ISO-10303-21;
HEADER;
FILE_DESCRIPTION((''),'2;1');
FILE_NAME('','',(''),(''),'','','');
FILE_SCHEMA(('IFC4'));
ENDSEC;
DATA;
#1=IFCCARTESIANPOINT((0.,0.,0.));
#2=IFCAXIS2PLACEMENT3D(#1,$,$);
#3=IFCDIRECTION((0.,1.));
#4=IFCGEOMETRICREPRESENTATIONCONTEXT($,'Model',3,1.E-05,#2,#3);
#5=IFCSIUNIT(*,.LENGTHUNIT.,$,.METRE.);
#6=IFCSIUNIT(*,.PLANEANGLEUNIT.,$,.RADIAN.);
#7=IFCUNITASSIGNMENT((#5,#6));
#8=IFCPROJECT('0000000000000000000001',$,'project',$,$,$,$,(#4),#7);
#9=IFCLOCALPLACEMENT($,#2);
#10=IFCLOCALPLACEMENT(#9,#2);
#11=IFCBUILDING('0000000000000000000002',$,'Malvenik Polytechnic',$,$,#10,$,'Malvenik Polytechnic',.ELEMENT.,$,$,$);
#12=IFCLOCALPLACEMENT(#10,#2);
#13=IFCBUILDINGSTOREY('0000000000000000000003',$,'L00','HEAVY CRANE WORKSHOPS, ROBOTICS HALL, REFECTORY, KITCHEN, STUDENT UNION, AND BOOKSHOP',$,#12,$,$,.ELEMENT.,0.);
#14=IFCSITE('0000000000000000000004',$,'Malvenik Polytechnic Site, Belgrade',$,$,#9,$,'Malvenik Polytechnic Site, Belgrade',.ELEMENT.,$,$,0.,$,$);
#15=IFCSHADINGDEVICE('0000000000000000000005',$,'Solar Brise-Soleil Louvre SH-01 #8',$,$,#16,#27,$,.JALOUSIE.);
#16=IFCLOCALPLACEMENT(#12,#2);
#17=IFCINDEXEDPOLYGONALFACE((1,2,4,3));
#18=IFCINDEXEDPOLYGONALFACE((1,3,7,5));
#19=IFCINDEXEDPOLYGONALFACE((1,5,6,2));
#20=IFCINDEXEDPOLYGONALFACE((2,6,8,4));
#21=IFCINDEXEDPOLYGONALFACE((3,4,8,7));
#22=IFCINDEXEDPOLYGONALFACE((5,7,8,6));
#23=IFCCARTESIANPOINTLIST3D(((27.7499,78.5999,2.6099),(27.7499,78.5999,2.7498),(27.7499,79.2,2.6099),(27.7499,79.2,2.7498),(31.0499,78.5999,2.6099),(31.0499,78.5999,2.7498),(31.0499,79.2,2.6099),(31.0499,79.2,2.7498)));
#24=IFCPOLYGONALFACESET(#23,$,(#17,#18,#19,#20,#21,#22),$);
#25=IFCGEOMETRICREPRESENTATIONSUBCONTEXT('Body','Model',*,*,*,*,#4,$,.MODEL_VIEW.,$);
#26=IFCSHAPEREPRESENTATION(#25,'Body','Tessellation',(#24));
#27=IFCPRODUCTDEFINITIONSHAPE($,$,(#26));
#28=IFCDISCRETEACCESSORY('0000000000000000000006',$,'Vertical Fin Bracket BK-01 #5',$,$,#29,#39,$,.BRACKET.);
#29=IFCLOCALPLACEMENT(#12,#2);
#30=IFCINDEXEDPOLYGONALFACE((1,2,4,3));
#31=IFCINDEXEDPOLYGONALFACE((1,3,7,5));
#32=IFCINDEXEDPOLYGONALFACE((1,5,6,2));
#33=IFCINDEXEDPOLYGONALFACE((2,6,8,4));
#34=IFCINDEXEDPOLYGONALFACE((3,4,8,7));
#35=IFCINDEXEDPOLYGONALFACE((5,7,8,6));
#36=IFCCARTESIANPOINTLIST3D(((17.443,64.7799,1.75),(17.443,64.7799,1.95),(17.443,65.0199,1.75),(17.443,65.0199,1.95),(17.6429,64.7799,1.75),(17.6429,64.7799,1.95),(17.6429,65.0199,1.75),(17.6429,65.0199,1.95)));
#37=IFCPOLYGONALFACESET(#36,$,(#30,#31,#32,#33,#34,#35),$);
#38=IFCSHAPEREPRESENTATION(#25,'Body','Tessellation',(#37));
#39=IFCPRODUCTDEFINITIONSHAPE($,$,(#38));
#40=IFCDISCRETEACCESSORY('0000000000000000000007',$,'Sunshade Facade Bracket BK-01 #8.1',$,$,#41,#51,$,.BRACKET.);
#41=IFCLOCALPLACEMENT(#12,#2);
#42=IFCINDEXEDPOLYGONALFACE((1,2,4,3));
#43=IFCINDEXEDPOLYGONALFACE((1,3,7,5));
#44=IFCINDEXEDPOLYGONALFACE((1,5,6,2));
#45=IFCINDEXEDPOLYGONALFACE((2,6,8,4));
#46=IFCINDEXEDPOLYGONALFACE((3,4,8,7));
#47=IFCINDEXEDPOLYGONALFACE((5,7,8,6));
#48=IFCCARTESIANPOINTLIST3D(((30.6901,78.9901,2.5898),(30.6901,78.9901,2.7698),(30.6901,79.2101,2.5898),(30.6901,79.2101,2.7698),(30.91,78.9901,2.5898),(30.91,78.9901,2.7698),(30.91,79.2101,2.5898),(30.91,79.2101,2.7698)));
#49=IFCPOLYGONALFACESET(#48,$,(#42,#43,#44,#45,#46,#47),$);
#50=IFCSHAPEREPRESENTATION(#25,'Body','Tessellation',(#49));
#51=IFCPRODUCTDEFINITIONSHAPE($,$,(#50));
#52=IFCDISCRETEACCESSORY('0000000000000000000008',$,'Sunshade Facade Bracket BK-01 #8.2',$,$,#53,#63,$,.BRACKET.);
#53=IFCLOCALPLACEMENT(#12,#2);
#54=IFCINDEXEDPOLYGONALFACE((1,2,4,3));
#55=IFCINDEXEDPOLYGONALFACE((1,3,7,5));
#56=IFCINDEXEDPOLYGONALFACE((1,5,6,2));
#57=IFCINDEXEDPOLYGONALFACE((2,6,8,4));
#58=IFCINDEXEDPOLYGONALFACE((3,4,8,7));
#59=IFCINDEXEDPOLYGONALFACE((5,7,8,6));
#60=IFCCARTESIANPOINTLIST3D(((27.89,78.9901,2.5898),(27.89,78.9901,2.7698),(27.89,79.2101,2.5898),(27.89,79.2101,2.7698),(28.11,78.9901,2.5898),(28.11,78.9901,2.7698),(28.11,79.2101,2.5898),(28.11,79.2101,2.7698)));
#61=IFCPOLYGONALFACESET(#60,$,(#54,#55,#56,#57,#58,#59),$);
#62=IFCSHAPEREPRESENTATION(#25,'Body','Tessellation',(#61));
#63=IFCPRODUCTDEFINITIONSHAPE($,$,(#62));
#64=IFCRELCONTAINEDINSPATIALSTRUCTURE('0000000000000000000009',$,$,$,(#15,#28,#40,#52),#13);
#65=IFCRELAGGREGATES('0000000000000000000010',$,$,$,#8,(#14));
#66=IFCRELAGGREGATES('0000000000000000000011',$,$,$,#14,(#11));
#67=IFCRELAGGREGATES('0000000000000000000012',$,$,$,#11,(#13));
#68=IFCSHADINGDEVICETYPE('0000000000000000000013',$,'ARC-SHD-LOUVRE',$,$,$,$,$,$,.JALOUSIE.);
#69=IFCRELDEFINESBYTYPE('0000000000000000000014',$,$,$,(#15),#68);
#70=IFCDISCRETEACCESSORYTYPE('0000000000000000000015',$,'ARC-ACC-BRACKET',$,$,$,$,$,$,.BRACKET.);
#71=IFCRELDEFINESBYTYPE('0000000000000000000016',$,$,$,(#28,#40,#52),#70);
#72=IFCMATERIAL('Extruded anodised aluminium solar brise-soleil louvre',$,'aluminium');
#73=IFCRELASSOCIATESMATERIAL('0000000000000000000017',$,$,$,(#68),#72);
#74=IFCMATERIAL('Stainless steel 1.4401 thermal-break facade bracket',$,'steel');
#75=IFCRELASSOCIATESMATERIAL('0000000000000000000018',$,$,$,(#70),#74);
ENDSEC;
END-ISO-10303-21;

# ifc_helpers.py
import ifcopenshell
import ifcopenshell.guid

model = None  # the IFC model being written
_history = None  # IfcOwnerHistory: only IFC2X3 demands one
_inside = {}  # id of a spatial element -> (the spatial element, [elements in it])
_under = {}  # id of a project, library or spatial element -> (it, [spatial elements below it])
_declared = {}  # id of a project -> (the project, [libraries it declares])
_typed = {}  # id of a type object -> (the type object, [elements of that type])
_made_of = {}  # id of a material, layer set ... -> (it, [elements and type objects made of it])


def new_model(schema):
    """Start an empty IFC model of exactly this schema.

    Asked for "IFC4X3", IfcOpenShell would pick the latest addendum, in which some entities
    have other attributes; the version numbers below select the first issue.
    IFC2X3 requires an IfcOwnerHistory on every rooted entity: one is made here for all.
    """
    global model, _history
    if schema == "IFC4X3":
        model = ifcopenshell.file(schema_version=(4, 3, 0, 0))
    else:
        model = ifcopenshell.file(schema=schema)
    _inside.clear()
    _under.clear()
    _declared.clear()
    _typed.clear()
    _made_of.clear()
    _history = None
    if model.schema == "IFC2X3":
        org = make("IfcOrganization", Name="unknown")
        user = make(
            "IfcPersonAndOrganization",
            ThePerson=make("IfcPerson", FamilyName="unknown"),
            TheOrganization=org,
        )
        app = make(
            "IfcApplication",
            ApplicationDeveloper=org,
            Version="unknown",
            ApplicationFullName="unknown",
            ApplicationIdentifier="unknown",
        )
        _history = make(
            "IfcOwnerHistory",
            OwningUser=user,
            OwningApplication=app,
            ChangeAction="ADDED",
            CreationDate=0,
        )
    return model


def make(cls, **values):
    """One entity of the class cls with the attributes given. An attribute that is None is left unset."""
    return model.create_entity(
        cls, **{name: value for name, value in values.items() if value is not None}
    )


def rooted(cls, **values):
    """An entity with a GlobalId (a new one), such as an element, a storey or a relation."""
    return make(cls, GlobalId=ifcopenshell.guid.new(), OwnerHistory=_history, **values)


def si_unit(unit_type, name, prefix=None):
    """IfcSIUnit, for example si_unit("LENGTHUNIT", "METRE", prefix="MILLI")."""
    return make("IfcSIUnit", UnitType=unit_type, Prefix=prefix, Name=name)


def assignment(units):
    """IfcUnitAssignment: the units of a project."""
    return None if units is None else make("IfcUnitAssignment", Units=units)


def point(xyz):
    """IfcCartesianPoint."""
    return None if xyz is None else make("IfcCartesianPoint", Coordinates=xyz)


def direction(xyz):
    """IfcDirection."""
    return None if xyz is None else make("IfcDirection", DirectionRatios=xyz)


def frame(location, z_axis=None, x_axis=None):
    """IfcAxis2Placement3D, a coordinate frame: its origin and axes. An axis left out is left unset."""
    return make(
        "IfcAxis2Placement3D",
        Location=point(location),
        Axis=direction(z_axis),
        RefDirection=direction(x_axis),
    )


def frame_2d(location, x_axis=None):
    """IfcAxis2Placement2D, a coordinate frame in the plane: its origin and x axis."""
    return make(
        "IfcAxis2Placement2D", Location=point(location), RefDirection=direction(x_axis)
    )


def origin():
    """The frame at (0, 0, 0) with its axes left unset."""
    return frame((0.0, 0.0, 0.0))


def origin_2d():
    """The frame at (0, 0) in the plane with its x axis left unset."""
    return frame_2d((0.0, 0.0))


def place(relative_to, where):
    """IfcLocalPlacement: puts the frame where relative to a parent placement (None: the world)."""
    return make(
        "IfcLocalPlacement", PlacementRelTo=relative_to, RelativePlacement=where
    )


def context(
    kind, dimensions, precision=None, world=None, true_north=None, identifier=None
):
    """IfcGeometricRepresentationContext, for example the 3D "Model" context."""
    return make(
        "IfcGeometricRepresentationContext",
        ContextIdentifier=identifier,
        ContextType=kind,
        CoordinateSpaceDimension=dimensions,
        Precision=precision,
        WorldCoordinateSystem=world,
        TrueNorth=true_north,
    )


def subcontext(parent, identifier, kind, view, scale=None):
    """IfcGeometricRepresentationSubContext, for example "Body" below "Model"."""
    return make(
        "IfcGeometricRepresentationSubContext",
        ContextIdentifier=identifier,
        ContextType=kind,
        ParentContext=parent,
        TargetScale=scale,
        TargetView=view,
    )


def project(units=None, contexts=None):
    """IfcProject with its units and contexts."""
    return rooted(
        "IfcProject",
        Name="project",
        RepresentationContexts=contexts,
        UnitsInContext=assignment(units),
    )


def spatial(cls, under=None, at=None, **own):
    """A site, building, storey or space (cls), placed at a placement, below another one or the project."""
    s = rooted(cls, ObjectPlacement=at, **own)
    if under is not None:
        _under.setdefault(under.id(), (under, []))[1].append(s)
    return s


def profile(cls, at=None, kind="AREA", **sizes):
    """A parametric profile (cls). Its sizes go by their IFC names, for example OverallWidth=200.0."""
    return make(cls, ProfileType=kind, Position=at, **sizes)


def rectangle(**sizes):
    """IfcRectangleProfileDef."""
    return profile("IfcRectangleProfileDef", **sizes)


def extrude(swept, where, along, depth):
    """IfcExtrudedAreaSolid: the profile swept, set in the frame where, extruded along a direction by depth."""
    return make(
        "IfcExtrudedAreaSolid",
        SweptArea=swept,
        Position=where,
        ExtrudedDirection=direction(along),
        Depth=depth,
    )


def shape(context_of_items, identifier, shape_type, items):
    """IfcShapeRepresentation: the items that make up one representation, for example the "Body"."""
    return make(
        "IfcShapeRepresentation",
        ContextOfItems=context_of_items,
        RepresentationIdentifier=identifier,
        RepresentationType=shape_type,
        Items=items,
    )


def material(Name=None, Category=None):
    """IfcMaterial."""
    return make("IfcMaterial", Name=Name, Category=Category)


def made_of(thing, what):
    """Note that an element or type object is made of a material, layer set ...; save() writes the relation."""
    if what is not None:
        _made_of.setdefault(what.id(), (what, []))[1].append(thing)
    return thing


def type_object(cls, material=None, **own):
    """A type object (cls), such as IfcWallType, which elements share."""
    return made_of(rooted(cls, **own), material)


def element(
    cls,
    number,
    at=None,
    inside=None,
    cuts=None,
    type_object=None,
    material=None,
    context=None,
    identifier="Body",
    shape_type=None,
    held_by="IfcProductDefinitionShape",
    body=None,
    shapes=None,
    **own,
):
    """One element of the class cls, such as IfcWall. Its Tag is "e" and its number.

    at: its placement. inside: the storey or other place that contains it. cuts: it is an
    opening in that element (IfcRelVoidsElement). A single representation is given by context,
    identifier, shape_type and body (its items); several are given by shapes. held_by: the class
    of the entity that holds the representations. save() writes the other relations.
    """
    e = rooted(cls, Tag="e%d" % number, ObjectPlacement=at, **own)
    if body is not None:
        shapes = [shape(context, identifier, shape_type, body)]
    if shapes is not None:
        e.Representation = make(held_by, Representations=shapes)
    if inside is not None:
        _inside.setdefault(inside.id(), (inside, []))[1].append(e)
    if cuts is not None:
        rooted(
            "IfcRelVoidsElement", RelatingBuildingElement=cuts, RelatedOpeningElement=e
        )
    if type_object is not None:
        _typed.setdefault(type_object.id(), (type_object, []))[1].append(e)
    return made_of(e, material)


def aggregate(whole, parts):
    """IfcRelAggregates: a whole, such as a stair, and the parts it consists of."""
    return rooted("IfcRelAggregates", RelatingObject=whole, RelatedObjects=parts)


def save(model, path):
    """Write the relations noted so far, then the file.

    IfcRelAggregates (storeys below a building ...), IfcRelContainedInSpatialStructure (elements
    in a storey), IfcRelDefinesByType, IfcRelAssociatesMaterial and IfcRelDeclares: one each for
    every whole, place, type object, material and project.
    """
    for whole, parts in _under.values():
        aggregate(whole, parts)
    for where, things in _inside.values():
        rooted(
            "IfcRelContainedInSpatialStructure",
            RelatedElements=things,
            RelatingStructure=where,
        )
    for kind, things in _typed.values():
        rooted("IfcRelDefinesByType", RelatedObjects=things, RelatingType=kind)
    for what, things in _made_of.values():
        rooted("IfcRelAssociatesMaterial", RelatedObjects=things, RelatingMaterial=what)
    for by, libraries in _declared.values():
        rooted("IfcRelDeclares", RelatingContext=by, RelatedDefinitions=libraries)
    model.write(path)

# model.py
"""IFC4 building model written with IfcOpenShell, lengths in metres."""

from ifc_helpers import new_model, si_unit, direction, frame, origin, origin_2d, place, context, subcontext, project, spatial, rectangle, extrude, material, type_object, element, save


model = new_model("IFC4")

# Units and contexts
model_context = context("Model", 3, precision=1e-05, world=origin(), true_north=direction((0.0, 1.0)))
body_context = subcontext(model_context, "Body", "Model", "MODEL_VIEW")
ifc_project = project(units=[si_unit("LENGTHUNIT", "METRE"), si_unit("PLANEANGLEUNIT", "RADIAN")], contexts=[model_context])

# Site, building, storey
site_placement = place(None, origin())
site = spatial("IfcSite", under=ifc_project, at=site_placement, Name="Malvenik Polytechnic Site, Belgrade", LongName="Malvenik Polytechnic Site, Belgrade", CompositionType="ELEMENT", RefElevation=0.0)
building_placement = place(site_placement, origin())
building = spatial("IfcBuilding", under=site, at=building_placement, Name="Malvenik Polytechnic", LongName="Malvenik Polytechnic", CompositionType="ELEMENT")
storey_placement = place(building_placement, origin())
storey = spatial("IfcBuildingStorey", under=building, at=storey_placement, Name="L00", Description="HEAVY CRANE WORKSHOPS, ROBOTICS HALL, REFECTORY, KITCHEN, STUDENT UNION, AND BOOKSHOP", CompositionType="ELEMENT", Elevation=0.0)

# Shading device
ifc_material_1 = material(Name="Extruded anodised aluminium solar brise-soleil louvre", Category="aluminium")
shading_device_type_1 = type_object("IfcShadingDeviceType", Name="ARC-SHD-LOUVRE", PredefinedType="JALOUSIE", material=ifc_material_1)
shading_device_1_placement = place(storey_placement, frame((29.3999, 78.8999, 2.6099), z_axis=(0.0, 0.0, 1.0), x_axis=(1.0, 0.0, 0.0)))
element("IfcShadingDevice", 1, at=shading_device_1_placement, inside=storey, type_object=shading_device_type_1, Name="Solar Brise-Soleil Louvre SH-01 #8", PredefinedType="JALOUSIE", context=body_context, shape_type="SweptSolid", body=[
    extrude(rectangle(XDim=3.3, YDim=0.6001, at=origin_2d()), origin(), (0.0, 0.0, 1.0), 0.1399),
])

# Discrete accessories
ifc_material_2 = material(Name="Stainless steel 1.4401 thermal-break facade bracket", Category="steel")
discrete_accessory_type = type_object("IfcDiscreteAccessoryType", Name="ARC-ACC-BRACKET", PredefinedType="BRACKET", material=ifc_material_2)
discrete_accessory_placement = place(storey_placement, frame((17.543, 64.8999, 1.75), z_axis=(0.0, 0.0, 1.0), x_axis=(1.0, 0.0, 0.0)))
element("IfcDiscreteAccessory", 2, at=discrete_accessory_placement, inside=storey, type_object=discrete_accessory_type, Name="Vertical Fin Bracket BK-01 #5", PredefinedType="BRACKET", context=body_context, shape_type="SweptSolid", body=[
    extrude(rectangle(XDim=0.2, YDim=0.24, at=origin_2d()), origin(), (0.0, 0.0, 1.0), 0.2),
])
for number, where, z_axis, x_axis, name in (
    (3, (30.8, 79.1001, 2.5898), (0.0, 0.0, 1.0), (1.0, 0.0, 0.0), "Sunshade Facade Bracket BK-01 #8.1"),
    (4, (28.0, 79.1001, 2.5898), (0.0, 0.0, 1.0), (1.0, 0.0, 0.0), "Sunshade Facade Bracket BK-01 #8.2"),
):
    element("IfcDiscreteAccessory", number, at=place(storey_placement, frame(where, z_axis=z_axis, x_axis=x_axis)), inside=storey, type_object=discrete_accessory_type, Name=name, PredefinedType="BRACKET", context=body_context, shape_type="SweptSolid", body=[
        extrude(rectangle(XDim=0.22, YDim=0.22, at=origin_2d()), origin(), (0.0, 0.0, 1.0), 0.1799),
    ])

save(model, "model.ifc")
